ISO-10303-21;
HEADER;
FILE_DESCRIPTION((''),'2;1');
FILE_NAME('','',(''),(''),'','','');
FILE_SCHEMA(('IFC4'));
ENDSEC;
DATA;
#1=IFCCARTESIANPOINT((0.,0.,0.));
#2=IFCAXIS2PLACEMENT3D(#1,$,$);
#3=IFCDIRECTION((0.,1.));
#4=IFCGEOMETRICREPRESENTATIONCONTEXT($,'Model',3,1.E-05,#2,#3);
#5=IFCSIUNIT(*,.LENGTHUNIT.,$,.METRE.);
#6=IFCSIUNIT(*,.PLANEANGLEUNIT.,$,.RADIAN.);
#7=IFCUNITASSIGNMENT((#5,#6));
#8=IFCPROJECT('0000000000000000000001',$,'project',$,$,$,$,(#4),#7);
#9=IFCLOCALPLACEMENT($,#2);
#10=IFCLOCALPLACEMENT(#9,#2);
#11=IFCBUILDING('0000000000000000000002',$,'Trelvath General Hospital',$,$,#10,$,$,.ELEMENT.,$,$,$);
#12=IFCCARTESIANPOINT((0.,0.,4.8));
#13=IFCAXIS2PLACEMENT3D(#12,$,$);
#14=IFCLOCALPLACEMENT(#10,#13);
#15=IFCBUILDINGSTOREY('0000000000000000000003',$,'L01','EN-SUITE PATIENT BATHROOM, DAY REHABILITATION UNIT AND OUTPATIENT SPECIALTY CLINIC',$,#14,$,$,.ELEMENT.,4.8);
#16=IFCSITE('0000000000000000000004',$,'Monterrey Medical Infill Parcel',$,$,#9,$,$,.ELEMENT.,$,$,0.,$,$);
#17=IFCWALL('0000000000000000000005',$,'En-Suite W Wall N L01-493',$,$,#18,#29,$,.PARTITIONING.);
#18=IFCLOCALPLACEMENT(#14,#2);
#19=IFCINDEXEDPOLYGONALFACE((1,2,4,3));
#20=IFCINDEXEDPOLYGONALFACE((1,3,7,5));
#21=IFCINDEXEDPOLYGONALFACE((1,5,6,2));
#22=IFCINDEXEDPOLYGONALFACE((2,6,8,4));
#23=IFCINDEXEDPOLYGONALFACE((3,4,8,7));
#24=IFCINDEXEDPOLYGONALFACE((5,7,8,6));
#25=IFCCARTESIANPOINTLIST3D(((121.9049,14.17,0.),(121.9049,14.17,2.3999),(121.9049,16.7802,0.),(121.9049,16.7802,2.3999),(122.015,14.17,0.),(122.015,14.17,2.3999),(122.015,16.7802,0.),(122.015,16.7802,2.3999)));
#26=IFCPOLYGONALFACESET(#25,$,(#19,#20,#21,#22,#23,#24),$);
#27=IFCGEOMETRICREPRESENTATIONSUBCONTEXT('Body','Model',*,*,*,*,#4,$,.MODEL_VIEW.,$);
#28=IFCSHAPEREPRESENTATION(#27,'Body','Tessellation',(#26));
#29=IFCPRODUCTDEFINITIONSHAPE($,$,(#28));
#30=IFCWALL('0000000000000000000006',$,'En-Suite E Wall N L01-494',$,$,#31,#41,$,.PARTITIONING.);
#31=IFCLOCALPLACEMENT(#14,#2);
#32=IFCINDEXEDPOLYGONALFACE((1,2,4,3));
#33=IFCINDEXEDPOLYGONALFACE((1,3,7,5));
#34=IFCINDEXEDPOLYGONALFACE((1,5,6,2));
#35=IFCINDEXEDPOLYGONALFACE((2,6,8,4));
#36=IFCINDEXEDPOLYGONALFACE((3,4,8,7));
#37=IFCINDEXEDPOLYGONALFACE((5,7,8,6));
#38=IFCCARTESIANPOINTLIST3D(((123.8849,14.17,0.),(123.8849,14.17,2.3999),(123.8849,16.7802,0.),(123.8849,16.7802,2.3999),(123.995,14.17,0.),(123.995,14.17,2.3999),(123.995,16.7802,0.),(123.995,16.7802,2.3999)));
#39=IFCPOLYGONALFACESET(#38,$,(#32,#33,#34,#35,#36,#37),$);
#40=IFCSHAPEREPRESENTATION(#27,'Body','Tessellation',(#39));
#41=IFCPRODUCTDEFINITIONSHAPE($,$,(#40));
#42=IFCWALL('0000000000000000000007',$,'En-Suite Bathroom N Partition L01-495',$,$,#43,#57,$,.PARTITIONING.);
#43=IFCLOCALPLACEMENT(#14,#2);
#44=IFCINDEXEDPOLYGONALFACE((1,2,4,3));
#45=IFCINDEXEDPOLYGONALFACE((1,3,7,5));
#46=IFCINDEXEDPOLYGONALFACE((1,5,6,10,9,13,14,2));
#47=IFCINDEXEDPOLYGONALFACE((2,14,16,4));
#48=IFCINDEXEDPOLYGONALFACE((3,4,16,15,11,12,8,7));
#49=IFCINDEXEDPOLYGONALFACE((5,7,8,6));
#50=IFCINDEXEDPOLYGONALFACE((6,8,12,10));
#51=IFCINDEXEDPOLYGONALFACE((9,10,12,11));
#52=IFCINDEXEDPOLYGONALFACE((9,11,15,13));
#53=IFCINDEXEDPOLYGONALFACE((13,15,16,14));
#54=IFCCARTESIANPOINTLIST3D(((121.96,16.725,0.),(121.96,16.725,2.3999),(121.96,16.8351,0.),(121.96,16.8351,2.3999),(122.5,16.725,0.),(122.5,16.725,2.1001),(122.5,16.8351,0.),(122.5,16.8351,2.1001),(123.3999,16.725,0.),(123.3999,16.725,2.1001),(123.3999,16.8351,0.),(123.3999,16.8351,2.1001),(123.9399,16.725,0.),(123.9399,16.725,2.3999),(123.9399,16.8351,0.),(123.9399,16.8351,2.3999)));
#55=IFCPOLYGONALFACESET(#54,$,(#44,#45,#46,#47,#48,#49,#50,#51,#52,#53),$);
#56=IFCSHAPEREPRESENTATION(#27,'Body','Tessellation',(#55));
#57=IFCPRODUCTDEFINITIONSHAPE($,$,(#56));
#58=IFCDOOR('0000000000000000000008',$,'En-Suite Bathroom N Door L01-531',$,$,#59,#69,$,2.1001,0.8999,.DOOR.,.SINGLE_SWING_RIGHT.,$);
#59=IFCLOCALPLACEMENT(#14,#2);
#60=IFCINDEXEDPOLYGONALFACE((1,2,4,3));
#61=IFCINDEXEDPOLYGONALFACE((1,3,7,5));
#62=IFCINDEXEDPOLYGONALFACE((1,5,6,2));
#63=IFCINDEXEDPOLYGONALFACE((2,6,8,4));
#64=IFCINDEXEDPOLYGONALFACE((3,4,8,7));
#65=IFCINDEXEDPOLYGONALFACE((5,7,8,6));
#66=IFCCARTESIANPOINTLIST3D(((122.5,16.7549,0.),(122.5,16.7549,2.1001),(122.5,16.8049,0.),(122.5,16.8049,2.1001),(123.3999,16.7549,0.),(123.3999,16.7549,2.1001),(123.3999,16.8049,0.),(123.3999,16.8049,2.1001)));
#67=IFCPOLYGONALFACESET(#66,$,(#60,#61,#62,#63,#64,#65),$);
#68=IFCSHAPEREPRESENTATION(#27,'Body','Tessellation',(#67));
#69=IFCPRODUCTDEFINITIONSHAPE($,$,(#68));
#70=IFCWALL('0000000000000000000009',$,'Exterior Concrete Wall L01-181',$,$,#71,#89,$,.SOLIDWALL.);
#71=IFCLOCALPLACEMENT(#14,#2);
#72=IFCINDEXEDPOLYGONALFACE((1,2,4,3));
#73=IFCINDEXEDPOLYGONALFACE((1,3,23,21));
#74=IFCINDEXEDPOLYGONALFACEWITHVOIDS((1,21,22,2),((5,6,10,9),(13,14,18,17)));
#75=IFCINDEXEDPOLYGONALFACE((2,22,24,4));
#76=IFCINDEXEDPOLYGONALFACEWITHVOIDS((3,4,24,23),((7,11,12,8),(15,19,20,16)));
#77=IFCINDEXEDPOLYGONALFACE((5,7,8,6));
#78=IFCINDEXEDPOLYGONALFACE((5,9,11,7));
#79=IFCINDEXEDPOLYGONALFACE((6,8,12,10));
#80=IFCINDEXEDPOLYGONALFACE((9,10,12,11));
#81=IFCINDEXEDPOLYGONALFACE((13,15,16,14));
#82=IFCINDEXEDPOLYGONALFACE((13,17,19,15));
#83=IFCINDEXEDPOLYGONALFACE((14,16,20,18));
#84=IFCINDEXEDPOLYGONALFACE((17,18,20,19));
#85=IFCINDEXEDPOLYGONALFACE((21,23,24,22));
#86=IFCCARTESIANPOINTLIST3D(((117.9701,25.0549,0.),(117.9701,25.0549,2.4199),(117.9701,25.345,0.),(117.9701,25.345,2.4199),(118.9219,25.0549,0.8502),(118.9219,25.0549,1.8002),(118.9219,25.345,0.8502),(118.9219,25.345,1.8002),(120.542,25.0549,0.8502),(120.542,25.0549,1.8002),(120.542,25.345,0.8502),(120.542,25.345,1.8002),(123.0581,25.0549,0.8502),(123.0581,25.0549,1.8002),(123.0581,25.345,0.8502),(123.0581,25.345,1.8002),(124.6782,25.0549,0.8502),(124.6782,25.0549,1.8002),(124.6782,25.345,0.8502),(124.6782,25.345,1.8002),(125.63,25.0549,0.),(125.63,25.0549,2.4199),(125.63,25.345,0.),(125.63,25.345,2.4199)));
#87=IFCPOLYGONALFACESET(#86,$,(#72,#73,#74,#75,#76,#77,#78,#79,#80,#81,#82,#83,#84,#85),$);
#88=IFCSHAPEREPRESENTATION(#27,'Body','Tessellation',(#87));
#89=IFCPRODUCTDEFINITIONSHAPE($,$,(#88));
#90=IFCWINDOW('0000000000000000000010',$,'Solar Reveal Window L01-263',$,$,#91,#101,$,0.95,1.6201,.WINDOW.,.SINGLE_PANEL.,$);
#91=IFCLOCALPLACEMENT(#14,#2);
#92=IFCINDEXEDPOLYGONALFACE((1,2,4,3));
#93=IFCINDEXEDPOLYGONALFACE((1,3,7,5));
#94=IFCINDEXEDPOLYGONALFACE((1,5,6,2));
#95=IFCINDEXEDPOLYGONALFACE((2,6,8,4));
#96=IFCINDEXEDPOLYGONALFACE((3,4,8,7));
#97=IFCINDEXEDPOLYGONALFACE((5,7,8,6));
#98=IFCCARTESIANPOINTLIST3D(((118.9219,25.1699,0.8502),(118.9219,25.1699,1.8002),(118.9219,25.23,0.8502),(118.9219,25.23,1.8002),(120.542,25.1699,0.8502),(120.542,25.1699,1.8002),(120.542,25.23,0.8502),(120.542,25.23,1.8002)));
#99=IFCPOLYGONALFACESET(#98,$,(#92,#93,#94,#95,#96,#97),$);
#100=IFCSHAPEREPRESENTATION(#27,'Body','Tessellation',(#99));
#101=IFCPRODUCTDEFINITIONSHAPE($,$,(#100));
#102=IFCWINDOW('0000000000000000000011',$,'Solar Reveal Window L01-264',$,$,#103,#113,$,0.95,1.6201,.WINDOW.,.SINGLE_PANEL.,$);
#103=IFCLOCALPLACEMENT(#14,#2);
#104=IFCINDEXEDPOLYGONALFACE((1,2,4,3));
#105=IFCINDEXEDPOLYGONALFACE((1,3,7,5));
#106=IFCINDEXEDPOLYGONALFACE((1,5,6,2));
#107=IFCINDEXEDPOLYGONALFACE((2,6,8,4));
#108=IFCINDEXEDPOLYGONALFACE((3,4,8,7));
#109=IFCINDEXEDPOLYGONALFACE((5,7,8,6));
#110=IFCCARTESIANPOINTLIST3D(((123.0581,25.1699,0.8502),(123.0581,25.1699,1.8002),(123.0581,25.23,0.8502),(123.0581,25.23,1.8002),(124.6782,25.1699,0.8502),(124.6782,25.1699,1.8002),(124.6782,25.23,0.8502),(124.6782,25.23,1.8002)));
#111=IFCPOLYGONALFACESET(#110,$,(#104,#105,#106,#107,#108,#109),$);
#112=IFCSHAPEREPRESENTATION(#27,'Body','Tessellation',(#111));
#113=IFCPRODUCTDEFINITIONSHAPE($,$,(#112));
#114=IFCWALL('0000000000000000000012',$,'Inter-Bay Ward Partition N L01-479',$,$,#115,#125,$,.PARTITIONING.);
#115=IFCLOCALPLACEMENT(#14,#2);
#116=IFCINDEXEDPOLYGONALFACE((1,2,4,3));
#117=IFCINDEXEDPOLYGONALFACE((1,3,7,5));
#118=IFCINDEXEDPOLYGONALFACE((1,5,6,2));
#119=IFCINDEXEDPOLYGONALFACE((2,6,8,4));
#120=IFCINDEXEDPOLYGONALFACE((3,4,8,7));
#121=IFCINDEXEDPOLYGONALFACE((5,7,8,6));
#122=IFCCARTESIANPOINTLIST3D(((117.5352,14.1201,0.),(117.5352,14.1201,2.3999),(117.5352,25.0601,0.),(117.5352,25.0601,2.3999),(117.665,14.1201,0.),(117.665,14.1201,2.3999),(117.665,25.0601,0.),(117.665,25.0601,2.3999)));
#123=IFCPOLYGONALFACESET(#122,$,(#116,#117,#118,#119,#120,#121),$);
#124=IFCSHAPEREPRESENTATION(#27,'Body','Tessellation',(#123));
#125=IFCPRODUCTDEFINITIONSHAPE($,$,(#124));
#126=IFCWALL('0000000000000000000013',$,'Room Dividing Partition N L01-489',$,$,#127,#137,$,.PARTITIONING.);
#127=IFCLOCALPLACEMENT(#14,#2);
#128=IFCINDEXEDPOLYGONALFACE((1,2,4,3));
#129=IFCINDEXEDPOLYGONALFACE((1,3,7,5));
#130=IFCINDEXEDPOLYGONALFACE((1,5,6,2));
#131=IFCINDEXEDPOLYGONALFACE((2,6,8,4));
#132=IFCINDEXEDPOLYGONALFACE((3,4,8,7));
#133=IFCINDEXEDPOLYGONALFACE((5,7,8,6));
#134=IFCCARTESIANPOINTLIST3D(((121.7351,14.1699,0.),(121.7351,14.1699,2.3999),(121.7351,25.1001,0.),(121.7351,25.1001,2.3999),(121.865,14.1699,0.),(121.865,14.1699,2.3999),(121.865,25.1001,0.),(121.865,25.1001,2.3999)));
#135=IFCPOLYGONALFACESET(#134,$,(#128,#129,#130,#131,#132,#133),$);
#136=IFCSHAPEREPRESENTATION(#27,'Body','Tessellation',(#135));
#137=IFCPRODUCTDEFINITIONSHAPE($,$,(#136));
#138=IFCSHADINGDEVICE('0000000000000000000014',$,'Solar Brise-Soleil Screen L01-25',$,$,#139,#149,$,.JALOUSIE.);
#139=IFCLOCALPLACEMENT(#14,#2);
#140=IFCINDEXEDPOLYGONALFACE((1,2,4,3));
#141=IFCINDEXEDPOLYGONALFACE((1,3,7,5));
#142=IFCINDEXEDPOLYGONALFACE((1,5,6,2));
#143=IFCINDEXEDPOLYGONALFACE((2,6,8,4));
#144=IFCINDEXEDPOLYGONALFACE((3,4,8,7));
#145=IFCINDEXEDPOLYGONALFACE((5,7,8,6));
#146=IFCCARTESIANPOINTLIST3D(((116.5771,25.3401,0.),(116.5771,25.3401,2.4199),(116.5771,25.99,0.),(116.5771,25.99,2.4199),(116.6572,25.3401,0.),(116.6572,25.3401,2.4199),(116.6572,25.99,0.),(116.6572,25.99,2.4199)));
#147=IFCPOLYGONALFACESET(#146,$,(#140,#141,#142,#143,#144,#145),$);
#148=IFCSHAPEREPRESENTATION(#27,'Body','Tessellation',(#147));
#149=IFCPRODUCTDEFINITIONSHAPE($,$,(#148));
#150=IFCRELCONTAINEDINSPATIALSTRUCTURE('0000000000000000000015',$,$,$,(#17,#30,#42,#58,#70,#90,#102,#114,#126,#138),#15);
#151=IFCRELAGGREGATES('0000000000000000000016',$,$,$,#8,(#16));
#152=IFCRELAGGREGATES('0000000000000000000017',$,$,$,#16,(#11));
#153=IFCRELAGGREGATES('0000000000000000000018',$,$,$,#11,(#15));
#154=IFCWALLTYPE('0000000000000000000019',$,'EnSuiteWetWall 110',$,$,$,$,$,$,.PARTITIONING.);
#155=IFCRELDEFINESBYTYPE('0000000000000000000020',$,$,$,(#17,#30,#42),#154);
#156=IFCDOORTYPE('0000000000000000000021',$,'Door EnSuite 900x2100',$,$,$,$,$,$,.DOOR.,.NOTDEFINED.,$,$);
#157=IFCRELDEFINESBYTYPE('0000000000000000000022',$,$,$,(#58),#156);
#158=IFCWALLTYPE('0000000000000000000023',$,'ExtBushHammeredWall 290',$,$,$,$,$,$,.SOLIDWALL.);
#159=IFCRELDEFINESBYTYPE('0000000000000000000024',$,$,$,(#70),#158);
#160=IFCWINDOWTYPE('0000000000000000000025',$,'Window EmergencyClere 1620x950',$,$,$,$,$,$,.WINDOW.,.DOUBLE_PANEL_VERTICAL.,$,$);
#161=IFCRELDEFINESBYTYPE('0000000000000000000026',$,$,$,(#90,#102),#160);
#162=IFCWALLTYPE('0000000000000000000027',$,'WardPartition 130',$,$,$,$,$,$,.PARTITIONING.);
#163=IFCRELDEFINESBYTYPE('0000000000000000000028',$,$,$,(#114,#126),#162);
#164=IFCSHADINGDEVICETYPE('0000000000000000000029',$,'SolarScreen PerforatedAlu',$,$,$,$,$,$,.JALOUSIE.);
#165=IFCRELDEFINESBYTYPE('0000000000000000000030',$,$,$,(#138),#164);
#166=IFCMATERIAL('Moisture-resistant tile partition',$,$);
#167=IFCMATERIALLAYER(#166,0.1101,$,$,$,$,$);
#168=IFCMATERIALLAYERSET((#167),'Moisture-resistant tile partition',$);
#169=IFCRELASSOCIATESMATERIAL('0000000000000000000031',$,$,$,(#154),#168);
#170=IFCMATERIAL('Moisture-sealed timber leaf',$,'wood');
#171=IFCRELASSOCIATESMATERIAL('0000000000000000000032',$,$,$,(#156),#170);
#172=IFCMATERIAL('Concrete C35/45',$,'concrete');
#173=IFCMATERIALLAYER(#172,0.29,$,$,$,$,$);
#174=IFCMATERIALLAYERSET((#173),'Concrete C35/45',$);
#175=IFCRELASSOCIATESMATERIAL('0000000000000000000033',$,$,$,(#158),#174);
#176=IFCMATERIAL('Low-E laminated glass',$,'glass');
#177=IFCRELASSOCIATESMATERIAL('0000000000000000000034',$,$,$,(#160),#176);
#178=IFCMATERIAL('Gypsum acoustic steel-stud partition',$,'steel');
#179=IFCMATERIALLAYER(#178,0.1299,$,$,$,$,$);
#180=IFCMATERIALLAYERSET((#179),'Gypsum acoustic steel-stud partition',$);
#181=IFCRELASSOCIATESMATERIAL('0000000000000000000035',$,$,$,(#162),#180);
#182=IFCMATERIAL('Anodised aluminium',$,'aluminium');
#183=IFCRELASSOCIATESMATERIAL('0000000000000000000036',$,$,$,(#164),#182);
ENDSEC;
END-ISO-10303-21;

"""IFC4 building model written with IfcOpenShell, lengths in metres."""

from ifc_helpers import new_model, si_unit, direction, frame, frame_2d, origin, origin_2d, place, context, subcontext, project, spatial, rectangle, extrude, material, layer, layer_set, type_object, element, fill, save


model = new_model("IFC4")

# Units and contexts
model_context = context("Model", 3, precision=1e-05, world=origin(), true_north=direction((0.0, 1.0)))
body_context = subcontext(model_context, "Body", "Model", "MODEL_VIEW")
ifc_project = project(units=[si_unit("LENGTHUNIT", "METRE"), si_unit("PLANEANGLEUNIT", "RADIAN")], contexts=[model_context])

# Site, building, storey
site_placement = place(None, origin())
site = spatial("IfcSite", under=ifc_project, at=site_placement, Name="Monterrey Medical Infill Parcel", CompositionType="ELEMENT", RefElevation=0.0)
building_placement = place(site_placement, origin())
building = spatial("IfcBuilding", under=site, at=building_placement, Name="Trelvath General Hospital", CompositionType="ELEMENT")
storey_placement = place(building_placement, frame((0.0, 0.0, 4.8)))
storey = spatial("IfcBuildingStorey", under=building, at=storey_placement, Name="L01", Description="EN-SUITE PATIENT BATHROOM, DAY REHABILITATION UNIT AND OUTPATIENT SPECIALTY CLINIC", CompositionType="ELEMENT", Elevation=4.8)

# Shared definitions
ifc_material_1 = material(Name="Moisture-resistant tile partition")
ifc_layer_1 = layer(ifc_material_1, 0.1101)
ifc_layer_set_1 = layer_set([ifc_layer_1], Name="Moisture-resistant tile partition")
wall_type_1 = type_object("IfcWallType", Name="EnSuiteWetWall 110", PredefinedType="PARTITIONING", material=ifc_layer_set_1)

# Shared definitions
ifc_material_2 = material(Name="Moisture-sealed timber leaf", Category="wood")
door_type_1 = type_object("IfcDoorType", Name="Door EnSuite 900x2100", OperationType="NOTDEFINED", PredefinedType="DOOR", material=ifc_material_2)

# Walls
for number, where, z_axis, x_axis, name in (
    (1, (121.96, 14.1699, 0.0), (0.0, 0.0, 1.0), (0.0, 1.0, 0.0), "En-Suite W Wall N L01-493"),
    (2, (123.9399, 14.1699, 0.0), (0.0, 0.0, 1.0), (0.0, 1.0, 0.0), "En-Suite E Wall N L01-494"),
):
    element("IfcWall", number, at=place(storey_placement, frame(where, z_axis=z_axis, x_axis=x_axis)), inside=storey, type_object=wall_type_1, Name=name, PredefinedType="PARTITIONING", context=body_context, shape_type="SweptSolid", body=[
        extrude(rectangle(XDim=2.6101, YDim=0.1101, at=frame_2d((1.3052, 0.0))), origin(), (0.0, 0.0, 1.0), 2.3999),
    ])

# Wall, opening, door
wall_1_placement = place(storey_placement, frame((121.96, 16.78, 0.0), z_axis=(0.0, 0.0, 1.0), x_axis=(1.0, 0.0, 0.0)))
wall_1 = element("IfcWall", 3, at=wall_1_placement, inside=storey, type_object=wall_type_1, Name="En-Suite Bathroom N Partition L01-495", PredefinedType="PARTITIONING", context=body_context, shape_type="SweptSolid", body=[
    extrude(rectangle(XDim=1.98, YDim=0.1101, at=frame_2d((0.99, 0.0))), origin(), (0.0, 0.0, 1.0), 2.3999),
])
opening_1_placement = place(wall_1_placement, frame((0.54, 0.0, 0.0)))
opening_1 = element("IfcOpeningElement", 4, at=opening_1_placement, cuts=wall_1, PredefinedType="OPENING", context=body_context, shape_type="SweptSolid", body=[
    extrude(rectangle(XDim=0.8999, YDim=2.1001, at=frame_2d((0.45, 1.05))), frame((0.0, 0.0649, 0.0), z_axis=(0.0, -1.0, 0.0), x_axis=(1.0, 0.0, 0.0)), (0.0, 0.0, 1.0), 0.1301),
])
door_1_placement = place(opening_1_placement, origin())
door_1 = element("IfcDoor", 5, at=door_1_placement, inside=storey, type_object=door_type_1, Name="En-Suite Bathroom N Door L01-531", OperationType="SINGLE_SWING_RIGHT", OverallHeight=2.1001, OverallWidth=0.8999, PredefinedType="DOOR", context=body_context, shape_type="SweptSolid", body=[
    extrude(rectangle(XDim=0.8999, YDim=2.1001, at=frame_2d((0.45, 1.05))), frame((0.0, 0.0249, 0.0), z_axis=(0.0, -1.0, 0.0), x_axis=(1.0, 0.0, 0.0)), (0.0, 0.0, 1.0), 0.05),
])
fill(opening_1, door_1)

# Wall, openings, windows
ifc_material_3 = material(Name="Concrete C35/45", Category="concrete")
ifc_layer_2 = layer(ifc_material_3, 0.29)
ifc_layer_set_2 = layer_set([ifc_layer_2], Name="Concrete C35/45")
wall_type_2 = type_object("IfcWallType", Name="ExtBushHammeredWall 290", PredefinedType="SOLIDWALL", material=ifc_layer_set_2)
wall_2_placement = place(storey_placement, frame((117.97, 25.2, 0.0), z_axis=(0.0, 0.0, 1.0), x_axis=(1.0, 0.0, 0.0)))
wall_2 = element("IfcWall", 6, at=wall_2_placement, inside=storey, type_object=wall_type_2, Name="Exterior Concrete Wall L01-181", PredefinedType="SOLIDWALL", context=body_context, shape_type="SweptSolid", body=[
    extrude(rectangle(XDim=7.6599, YDim=0.29, at=frame_2d((3.8301, 0.0))), origin(), (0.0, 0.0, 1.0), 2.4199),
])
opening_2_placement = place(wall_2_placement, frame((0.9519, 0.0, 0.8501)))
opening_2 = element("IfcOpeningElement", 7, at=opening_2_placement, cuts=wall_2, PredefinedType="OPENING", context=body_context, shape_type="SweptSolid", body=[
    extrude(rectangle(XDim=1.6201, YDim=0.95, at=frame_2d((0.8101, 0.4751))), frame((0.0, 0.155, 0.0), z_axis=(0.0, -1.0, 0.0), x_axis=(1.0, 0.0, 0.0)), (0.0, 0.0, 1.0), 0.3101),
])
opening_3_placement = place(wall_2_placement, frame((5.0881, 0.0, 0.8501)))
opening_3 = element("IfcOpeningElement", 8, at=opening_3_placement, cuts=wall_2, PredefinedType="OPENING", context=body_context, shape_type="SweptSolid", body=[
    extrude(rectangle(XDim=1.6201, YDim=0.95, at=frame_2d((0.8101, 0.4751))), frame((0.0, 0.155, 0.0), z_axis=(0.0, -1.0, 0.0), x_axis=(1.0, 0.0, 0.0)), (0.0, 0.0, 1.0), 0.3101),
])
ifc_material_4 = material(Name="Low-E laminated glass", Category="glass")
window_type = type_object("IfcWindowType", Name="Window EmergencyClere 1620x950", PartitioningType="DOUBLE_PANEL_VERTICAL", PredefinedType="WINDOW", material=ifc_material_4)
window_1_placement = place(opening_2_placement, origin())
window_1 = element("IfcWindow", 9, at=window_1_placement, inside=storey, type_object=window_type, Name="Solar Reveal Window L01-263", OverallHeight=0.95, OverallWidth=1.6201, PartitioningType="SINGLE_PANEL", PredefinedType="WINDOW", context=body_context, shape_type="SweptSolid", body=[
    extrude(rectangle(XDim=1.6201, YDim=0.95, at=frame_2d((0.8101, 0.4751))), frame((0.0, 0.03, 0.0), z_axis=(0.0, -1.0, 0.0), x_axis=(1.0, 0.0, 0.0)), (0.0, 0.0, 1.0), 0.0601),
])
fill(opening_2, window_1)
window_2_placement = place(opening_3_placement, origin())
window_2 = element("IfcWindow", 10, at=window_2_placement, inside=storey, type_object=window_type, Name="Solar Reveal Window L01-264", OverallHeight=0.95, OverallWidth=1.6201, PartitioningType="SINGLE_PANEL", PredefinedType="WINDOW", context=body_context, shape_type="SweptSolid", body=[
    extrude(rectangle(XDim=1.6201, YDim=0.95, at=frame_2d((0.8101, 0.4751))), frame((0.0, 0.03, 0.0), z_axis=(0.0, -1.0, 0.0), x_axis=(1.0, 0.0, 0.0)), (0.0, 0.0, 1.0), 0.0601),
])
fill(opening_3, window_2)

# Walls
ifc_material_5 = material(Name="Gypsum acoustic steel-stud partition", Category="steel")
ifc_layer_3 = layer(ifc_material_5, 0.1299)
ifc_layer_set_3 = layer_set([ifc_layer_3], Name="Gypsum acoustic steel-stud partition")
wall_type_3 = type_object("IfcWallType", Name="WardPartition 130", PredefinedType="PARTITIONING", material=ifc_layer_set_3)
wall_3_placement = place(storey_placement, frame((117.6001, 14.1201, 0.0), z_axis=(0.0, 0.0, 1.0), x_axis=(0.0, 1.0, 0.0)))
element("IfcWall", 11, at=wall_3_placement, inside=storey, type_object=wall_type_3, Name="Inter-Bay Ward Partition N L01-479", PredefinedType="PARTITIONING", context=body_context, shape_type="SweptSolid", body=[
    extrude(rectangle(XDim=10.9399, YDim=0.1299, at=frame_2d((5.47, 0.0))), origin(), (0.0, 0.0, 1.0), 2.3999),
])
wall_4_placement = place(storey_placement, frame((121.8, 14.1699, 0.0), z_axis=(0.0, 0.0, 1.0), x_axis=(0.0, 1.0, 0.0)))
element("IfcWall", 12, at=wall_4_placement, inside=storey, type_object=wall_type_3, Name="Room Dividing Partition N L01-489", PredefinedType="PARTITIONING", context=body_context, shape_type="SweptSolid", body=[
    extrude(rectangle(XDim=10.9302, YDim=0.1299, at=frame_2d((5.4651, 0.0))), origin(), (0.0, 0.0, 1.0), 2.3999),
])

# Shading device
ifc_material_6 = material(Name="Anodised aluminium", Category="aluminium")
shading_device_type = type_object("IfcShadingDeviceType", Name="SolarScreen PerforatedAlu", PredefinedType="JALOUSIE", material=ifc_material_6)
shading_device_placement = place(storey_placement, frame((116.6172, 25.665, 0.0), z_axis=(0.0, 0.0, 1.0), x_axis=(0.0, 1.0, 0.0)))
element("IfcShadingDevice", 13, at=shading_device_placement, inside=storey, type_object=shading_device_type, Name="Solar Brise-Soleil Screen L01-25", PredefinedType="JALOUSIE", context=body_context, shape_type="SweptSolid", body=[
    extrude(rectangle(XDim=0.6499, YDim=0.0801, at=origin_2d()), origin(), (0.0, 0.0, 1.0), 2.4199),
])

save(model, "model.ifc")
